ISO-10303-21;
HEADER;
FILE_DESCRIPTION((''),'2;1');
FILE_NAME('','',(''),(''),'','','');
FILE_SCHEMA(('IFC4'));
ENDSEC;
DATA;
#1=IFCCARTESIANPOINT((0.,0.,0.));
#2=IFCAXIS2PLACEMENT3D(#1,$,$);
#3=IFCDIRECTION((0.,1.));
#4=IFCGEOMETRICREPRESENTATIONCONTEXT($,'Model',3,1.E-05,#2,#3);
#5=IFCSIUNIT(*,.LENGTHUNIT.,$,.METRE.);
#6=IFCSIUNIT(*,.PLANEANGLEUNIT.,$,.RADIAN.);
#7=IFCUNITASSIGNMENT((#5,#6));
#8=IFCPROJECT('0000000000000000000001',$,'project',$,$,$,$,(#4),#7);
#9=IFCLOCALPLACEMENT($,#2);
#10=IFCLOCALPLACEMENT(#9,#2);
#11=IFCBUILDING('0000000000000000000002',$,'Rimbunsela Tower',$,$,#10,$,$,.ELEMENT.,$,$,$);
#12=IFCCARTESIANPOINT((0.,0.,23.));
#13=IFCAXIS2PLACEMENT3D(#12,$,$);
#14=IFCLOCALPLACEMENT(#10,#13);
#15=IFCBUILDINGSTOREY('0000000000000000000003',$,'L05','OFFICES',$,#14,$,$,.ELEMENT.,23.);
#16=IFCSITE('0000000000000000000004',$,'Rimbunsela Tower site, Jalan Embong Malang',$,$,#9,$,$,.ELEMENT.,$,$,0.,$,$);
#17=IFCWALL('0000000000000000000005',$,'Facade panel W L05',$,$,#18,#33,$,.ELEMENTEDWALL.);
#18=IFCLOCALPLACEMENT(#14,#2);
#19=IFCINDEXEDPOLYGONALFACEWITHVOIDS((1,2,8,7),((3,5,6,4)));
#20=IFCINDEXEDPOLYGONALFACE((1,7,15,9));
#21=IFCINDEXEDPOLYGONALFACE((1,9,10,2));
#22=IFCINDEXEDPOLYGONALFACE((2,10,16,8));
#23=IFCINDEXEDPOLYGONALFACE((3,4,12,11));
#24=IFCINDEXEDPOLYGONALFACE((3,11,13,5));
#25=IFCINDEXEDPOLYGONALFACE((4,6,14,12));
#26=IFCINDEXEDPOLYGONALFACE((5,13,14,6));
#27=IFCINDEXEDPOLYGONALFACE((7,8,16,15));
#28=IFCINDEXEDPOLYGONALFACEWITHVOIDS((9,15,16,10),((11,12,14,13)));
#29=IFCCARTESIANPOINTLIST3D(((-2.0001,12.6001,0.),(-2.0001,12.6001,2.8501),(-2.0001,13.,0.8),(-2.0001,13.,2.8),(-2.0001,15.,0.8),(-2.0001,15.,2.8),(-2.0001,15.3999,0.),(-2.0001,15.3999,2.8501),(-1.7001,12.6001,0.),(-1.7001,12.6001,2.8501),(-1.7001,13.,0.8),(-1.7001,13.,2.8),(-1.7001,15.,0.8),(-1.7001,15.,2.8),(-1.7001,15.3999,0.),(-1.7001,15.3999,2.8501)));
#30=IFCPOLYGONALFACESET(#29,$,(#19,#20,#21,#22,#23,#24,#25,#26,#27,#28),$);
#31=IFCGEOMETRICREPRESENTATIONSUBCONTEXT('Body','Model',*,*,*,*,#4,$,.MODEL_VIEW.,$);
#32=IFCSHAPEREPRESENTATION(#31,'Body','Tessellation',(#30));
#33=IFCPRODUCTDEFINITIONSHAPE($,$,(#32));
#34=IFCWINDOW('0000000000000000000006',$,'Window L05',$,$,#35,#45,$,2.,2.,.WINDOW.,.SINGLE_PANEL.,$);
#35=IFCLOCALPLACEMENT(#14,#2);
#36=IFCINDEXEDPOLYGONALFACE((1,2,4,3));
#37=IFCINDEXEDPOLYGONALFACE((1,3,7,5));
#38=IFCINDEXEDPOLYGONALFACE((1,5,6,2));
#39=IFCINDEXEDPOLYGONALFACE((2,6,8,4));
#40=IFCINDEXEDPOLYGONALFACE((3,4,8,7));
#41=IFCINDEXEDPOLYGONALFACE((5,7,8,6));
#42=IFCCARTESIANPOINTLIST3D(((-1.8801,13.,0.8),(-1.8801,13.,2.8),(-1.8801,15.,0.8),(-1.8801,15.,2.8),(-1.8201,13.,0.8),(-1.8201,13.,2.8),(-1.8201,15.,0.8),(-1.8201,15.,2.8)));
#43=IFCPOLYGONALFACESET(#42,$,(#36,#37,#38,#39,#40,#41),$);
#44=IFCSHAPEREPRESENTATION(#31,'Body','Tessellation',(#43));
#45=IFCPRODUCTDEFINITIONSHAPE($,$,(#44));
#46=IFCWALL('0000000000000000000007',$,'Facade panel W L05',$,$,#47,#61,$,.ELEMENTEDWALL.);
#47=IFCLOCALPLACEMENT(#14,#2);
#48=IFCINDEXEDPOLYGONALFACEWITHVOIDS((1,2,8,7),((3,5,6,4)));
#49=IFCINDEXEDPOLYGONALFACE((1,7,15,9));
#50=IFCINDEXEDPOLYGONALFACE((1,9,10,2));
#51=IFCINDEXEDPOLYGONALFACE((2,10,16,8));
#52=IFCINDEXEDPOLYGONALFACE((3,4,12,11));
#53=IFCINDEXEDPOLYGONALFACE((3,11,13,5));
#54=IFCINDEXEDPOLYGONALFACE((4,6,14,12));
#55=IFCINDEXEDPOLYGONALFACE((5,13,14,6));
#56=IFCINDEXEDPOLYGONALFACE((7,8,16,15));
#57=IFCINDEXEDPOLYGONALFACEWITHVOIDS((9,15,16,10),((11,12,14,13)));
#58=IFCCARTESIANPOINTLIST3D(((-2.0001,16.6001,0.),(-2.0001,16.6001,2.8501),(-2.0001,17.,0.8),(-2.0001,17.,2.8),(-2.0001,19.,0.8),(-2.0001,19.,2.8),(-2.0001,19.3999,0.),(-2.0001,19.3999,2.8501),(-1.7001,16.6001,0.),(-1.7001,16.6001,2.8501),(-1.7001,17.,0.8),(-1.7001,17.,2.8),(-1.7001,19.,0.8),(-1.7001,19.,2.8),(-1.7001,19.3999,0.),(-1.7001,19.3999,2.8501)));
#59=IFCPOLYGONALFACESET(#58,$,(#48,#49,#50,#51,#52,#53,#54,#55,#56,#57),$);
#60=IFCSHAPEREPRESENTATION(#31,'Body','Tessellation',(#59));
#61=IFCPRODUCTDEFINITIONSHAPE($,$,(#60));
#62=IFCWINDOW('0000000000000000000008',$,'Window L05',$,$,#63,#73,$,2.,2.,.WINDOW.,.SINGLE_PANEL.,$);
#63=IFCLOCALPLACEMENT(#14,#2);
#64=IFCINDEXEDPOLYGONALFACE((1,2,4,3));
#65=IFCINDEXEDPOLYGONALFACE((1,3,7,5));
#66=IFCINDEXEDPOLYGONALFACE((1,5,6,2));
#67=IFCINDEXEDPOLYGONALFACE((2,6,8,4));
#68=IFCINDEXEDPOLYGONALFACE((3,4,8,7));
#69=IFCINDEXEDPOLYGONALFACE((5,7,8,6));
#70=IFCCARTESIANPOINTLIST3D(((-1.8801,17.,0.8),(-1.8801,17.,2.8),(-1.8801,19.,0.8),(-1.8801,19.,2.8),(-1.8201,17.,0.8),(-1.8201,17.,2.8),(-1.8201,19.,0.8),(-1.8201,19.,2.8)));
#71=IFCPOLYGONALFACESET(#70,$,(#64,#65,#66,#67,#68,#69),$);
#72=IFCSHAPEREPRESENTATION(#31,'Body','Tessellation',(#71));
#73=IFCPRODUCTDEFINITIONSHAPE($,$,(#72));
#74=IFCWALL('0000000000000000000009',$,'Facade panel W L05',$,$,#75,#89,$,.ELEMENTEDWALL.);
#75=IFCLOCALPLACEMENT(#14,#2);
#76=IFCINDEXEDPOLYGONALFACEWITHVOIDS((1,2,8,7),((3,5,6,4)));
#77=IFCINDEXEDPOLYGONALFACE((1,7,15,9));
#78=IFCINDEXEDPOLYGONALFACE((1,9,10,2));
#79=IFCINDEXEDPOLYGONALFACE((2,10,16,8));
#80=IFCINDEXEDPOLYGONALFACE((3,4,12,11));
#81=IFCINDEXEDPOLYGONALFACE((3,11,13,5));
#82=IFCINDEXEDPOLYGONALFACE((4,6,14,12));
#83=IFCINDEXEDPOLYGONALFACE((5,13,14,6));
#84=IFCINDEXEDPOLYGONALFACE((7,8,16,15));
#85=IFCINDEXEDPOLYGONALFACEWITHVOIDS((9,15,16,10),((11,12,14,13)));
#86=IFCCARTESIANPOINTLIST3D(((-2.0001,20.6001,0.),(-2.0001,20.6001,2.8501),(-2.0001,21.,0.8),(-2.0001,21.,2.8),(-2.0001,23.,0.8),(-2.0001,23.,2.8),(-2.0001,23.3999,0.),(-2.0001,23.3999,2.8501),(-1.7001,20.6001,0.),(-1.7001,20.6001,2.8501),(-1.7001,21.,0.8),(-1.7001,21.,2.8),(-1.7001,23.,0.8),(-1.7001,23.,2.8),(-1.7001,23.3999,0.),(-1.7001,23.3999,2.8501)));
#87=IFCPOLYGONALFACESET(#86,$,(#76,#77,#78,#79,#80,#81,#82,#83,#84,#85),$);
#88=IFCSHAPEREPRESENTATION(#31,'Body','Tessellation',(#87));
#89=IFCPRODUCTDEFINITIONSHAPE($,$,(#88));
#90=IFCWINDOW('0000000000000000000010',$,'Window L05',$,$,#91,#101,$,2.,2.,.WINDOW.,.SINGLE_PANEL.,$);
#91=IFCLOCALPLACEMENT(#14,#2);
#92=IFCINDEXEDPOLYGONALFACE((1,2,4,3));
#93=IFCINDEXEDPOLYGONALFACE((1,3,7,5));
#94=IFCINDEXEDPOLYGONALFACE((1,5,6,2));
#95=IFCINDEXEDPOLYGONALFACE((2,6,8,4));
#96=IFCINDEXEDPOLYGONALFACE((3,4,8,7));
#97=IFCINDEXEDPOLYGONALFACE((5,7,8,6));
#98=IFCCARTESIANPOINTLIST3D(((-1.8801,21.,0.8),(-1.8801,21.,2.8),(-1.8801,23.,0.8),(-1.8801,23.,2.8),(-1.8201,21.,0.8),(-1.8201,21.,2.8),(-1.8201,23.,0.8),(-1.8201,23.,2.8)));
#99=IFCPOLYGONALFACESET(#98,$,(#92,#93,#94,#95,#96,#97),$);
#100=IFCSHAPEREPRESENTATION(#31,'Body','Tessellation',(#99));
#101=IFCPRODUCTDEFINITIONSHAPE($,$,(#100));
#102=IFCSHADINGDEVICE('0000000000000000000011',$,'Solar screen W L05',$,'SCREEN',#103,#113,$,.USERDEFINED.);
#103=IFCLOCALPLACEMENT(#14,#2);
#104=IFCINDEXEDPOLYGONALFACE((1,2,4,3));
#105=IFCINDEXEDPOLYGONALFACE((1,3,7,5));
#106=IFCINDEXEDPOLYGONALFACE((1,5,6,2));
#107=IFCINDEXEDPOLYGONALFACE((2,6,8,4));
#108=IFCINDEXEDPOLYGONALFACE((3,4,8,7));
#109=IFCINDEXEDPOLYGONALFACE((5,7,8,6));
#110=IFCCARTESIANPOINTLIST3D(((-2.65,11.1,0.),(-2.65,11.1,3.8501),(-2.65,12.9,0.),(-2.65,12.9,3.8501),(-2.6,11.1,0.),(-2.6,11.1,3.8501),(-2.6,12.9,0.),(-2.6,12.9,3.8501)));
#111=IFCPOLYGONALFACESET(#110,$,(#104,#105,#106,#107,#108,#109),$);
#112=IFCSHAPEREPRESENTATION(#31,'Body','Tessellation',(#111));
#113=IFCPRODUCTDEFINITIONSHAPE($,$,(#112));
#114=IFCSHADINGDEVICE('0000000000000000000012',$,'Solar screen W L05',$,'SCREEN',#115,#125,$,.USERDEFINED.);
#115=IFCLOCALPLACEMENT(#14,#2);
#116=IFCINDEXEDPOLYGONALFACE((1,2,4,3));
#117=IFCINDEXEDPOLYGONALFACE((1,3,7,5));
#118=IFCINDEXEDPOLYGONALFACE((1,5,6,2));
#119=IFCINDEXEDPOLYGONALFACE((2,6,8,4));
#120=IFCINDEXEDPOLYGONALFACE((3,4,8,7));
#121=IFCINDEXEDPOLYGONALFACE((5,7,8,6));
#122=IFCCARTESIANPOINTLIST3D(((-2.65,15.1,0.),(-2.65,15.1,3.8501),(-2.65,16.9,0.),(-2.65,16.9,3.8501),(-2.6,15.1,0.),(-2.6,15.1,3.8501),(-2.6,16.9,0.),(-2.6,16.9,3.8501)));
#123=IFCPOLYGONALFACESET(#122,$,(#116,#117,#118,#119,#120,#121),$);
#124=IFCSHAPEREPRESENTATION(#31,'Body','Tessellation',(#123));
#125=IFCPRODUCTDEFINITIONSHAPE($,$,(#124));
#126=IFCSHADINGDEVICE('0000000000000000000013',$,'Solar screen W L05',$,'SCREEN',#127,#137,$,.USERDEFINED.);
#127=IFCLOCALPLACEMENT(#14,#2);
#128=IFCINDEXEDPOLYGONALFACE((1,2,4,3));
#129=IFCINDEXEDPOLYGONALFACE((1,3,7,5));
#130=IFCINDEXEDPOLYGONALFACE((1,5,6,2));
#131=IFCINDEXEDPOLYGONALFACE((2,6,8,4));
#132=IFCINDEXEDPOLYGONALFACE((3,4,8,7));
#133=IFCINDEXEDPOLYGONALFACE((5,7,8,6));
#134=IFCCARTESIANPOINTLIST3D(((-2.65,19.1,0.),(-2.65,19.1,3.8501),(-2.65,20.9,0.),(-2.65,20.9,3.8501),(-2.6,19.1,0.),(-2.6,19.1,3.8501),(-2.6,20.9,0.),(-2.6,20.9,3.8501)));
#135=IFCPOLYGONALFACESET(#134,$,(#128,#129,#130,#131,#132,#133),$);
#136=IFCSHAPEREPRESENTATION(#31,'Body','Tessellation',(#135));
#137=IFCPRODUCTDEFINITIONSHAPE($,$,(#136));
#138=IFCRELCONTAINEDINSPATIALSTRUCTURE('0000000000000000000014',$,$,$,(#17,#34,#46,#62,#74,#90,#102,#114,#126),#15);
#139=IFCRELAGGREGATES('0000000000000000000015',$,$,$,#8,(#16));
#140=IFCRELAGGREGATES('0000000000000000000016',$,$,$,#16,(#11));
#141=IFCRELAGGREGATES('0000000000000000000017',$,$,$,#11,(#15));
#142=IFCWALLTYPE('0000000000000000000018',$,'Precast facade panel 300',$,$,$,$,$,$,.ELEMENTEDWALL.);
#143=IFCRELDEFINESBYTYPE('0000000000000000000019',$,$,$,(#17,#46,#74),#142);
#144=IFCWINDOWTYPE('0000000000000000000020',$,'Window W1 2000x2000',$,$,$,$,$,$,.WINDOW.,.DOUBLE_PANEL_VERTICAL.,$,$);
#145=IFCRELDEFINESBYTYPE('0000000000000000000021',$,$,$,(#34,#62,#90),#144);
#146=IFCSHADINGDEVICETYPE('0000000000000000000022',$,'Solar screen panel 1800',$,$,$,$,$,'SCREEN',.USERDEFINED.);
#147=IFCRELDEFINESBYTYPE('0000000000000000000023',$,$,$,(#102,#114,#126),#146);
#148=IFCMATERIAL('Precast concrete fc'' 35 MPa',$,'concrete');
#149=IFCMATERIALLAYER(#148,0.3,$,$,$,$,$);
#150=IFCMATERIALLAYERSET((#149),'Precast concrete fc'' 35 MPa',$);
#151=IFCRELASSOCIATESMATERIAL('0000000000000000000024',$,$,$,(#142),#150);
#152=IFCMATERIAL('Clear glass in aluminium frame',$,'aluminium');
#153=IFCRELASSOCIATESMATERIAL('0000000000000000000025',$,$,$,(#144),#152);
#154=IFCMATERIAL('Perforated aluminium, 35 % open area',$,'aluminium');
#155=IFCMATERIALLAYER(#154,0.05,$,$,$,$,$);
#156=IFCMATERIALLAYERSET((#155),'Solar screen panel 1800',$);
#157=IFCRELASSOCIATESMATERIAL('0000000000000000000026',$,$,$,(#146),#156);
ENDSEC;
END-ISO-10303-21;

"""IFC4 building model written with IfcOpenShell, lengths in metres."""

from ifc_helpers import new_model, si_unit, direction, frame, frame_2d, origin, origin_2d, place, context, subcontext, project, spatial, rectangle, extrude, material, layer, layer_set, type_object, element, fill, save


model = new_model("IFC4")

# Units and contexts
model_context = context("Model", 3, precision=1e-05, world=origin(), true_north=direction((0.0, 1.0)))
body_context = subcontext(model_context, "Body", "Model", "MODEL_VIEW")
ifc_project = project(units=[si_unit("LENGTHUNIT", "METRE"), si_unit("PLANEANGLEUNIT", "RADIAN")], contexts=[model_context])

# Site, building, storey
site_placement = place(None, origin())
site = spatial("IfcSite", under=ifc_project, at=site_placement, Name="Rimbunsela Tower site, Jalan Embong Malang", CompositionType="ELEMENT", RefElevation=0.0)
building_placement = place(site_placement, origin())
building = spatial("IfcBuilding", under=site, at=building_placement, Name="Rimbunsela Tower", CompositionType="ELEMENT")
storey_placement = place(building_placement, frame((0.0, 0.0, 23.0)))
storey = spatial("IfcBuildingStorey", under=building, at=storey_placement, Name="L05", Description="OFFICES", CompositionType="ELEMENT", Elevation=23.0)

# Walls, openings, windows
ifc_material_1 = material(Name="Precast concrete fc' 35 MPa", Category="concrete")
ifc_layer_1 = layer(ifc_material_1, 0.3)
ifc_layer_set_1 = layer_set([ifc_layer_1], Name="Precast concrete fc' 35 MPa")
wall_type = type_object("IfcWallType", Name="Precast facade panel 300", PredefinedType="ELEMENTEDWALL", material=ifc_layer_set_1)
ifc_material_2 = material(Name="Clear glass in aluminium frame", Category="aluminium")
window_type = type_object("IfcWindowType", Name="Window W1 2000x2000", PartitioningType="DOUBLE_PANEL_VERTICAL", PredefinedType="WINDOW", material=ifc_material_2)
wall_1_placement = place(storey_placement, frame((-1.8501, 15.3999, 0.0), z_axis=(0.0, 0.0, 1.0), x_axis=(0.0, -1.0, 0.0)))
wall_1 = element("IfcWall", 1, at=wall_1_placement, inside=storey, type_object=wall_type, Name="Facade panel W L05", PredefinedType="ELEMENTEDWALL", context=body_context, shape_type="SweptSolid", body=[
    extrude(rectangle(XDim=2.7998, YDim=0.3, at=frame_2d((1.3999, 0.0))), origin(), (0.0, 0.0, 1.0), 2.8501),
])
opening_1_placement = place(wall_1_placement, frame((0.3999, 0.0, 0.8)))
opening_1 = element("IfcOpeningElement", 2, at=opening_1_placement, cuts=wall_1, PredefinedType="OPENING", context=body_context, shape_type="SweptSolid", body=[
    extrude(rectangle(XDim=2.0, YDim=2.0, at=frame_2d((1.0, 1.0))), frame((0.0, 0.1599, 0.0), z_axis=(0.0, -1.0, 0.0), x_axis=(1.0, 0.0, 0.0)), (0.0, 0.0, 1.0), 0.3201),
])
window_1_placement = place(opening_1_placement, origin())
window_1 = element("IfcWindow", 3, at=window_1_placement, inside=storey, type_object=window_type, Name="Window L05", OverallHeight=2.0, OverallWidth=2.0, PartitioningType="SINGLE_PANEL", PredefinedType="WINDOW", context=body_context, shape_type="SweptSolid", body=[
    extrude(rectangle(XDim=2.0, YDim=2.0, at=frame_2d((1.0, 1.0))), frame((0.0, 0.03, 0.0), z_axis=(0.0, -1.0, 0.0), x_axis=(1.0, 0.0, 0.0)), (0.0, 0.0, 1.0), 0.0601),
])
fill(opening_1, window_1)
wall_2_placement = place(storey_placement, frame((-1.8501, 19.3999, 0.0), z_axis=(0.0, 0.0, 1.0), x_axis=(0.0, -1.0, 0.0)))
wall_2 = element("IfcWall", 4, at=wall_2_placement, inside=storey, type_object=wall_type, Name="Facade panel W L05", PredefinedType="ELEMENTEDWALL", context=body_context, shape_type="SweptSolid", body=[
    extrude(rectangle(XDim=2.7998, YDim=0.3, at=frame_2d((1.3999, 0.0))), origin(), (0.0, 0.0, 1.0), 2.8501),
])
opening_2_placement = place(wall_2_placement, frame((0.3999, 0.0, 0.8)))
opening_2 = element("IfcOpeningElement", 5, at=opening_2_placement, cuts=wall_2, PredefinedType="OPENING", context=body_context, shape_type="SweptSolid", body=[
    extrude(rectangle(XDim=2.0, YDim=2.0, at=frame_2d((1.0, 1.0))), frame((0.0, 0.1599, 0.0), z_axis=(0.0, -1.0, 0.0), x_axis=(1.0, 0.0, 0.0)), (0.0, 0.0, 1.0), 0.3201),
])
window_2_placement = place(opening_2_placement, origin())
window_2 = element("IfcWindow", 6, at=window_2_placement, inside=storey, type_object=window_type, Name="Window L05", OverallHeight=2.0, OverallWidth=2.0, PartitioningType="SINGLE_PANEL", PredefinedType="WINDOW", context=body_context, shape_type="SweptSolid", body=[
    extrude(rectangle(XDim=2.0, YDim=2.0, at=frame_2d((1.0, 1.0))), frame((0.0, 0.03, 0.0), z_axis=(0.0, -1.0, 0.0), x_axis=(1.0, 0.0, 0.0)), (0.0, 0.0, 1.0), 0.0601),
])
fill(opening_2, window_2)
wall_3_placement = place(storey_placement, frame((-1.8501, 23.3999, 0.0), z_axis=(0.0, 0.0, 1.0), x_axis=(0.0, -1.0, 0.0)))
wall_3 = element("IfcWall", 7, at=wall_3_placement, inside=storey, type_object=wall_type, Name="Facade panel W L05", PredefinedType="ELEMENTEDWALL", context=body_context, shape_type="SweptSolid", body=[
    extrude(rectangle(XDim=2.7998, YDim=0.3, at=frame_2d((1.3999, 0.0))), origin(), (0.0, 0.0, 1.0), 2.8501),
])
opening_3_placement = place(wall_3_placement, frame((0.3999, 0.0, 0.8)))
opening_3 = element("IfcOpeningElement", 8, at=opening_3_placement, cuts=wall_3, PredefinedType="OPENING", context=body_context, shape_type="SweptSolid", body=[
    extrude(rectangle(XDim=2.0, YDim=2.0, at=frame_2d((1.0, 1.0))), frame((0.0, 0.1599, 0.0), z_axis=(0.0, -1.0, 0.0), x_axis=(1.0, 0.0, 0.0)), (0.0, 0.0, 1.0), 0.3201),
])
window_3_placement = place(opening_3_placement, origin())
window_3 = element("IfcWindow", 9, at=window_3_placement, inside=storey, type_object=window_type, Name="Window L05", OverallHeight=2.0, OverallWidth=2.0, PartitioningType="SINGLE_PANEL", PredefinedType="WINDOW", context=body_context, shape_type="SweptSolid", body=[
    extrude(rectangle(XDim=2.0, YDim=2.0, at=frame_2d((1.0, 1.0))), frame((0.0, 0.03, 0.0), z_axis=(0.0, -1.0, 0.0), x_axis=(1.0, 0.0, 0.0)), (0.0, 0.0, 1.0), 0.0601),
])
fill(opening_3, window_3)

# Shading devices
ifc_material_3 = material(Name="Perforated aluminium, 35 % open area", Category="aluminium")
ifc_layer_2 = layer(ifc_material_3, 0.05)
ifc_layer_set_2 = layer_set([ifc_layer_2], Name="Solar screen panel 1800")
shading_device_type = type_object("IfcShadingDeviceType", Name="Solar screen panel 1800", ElementType="SCREEN", PredefinedType="USERDEFINED", material=ifc_layer_set_2)
for number, where, z_axis, x_axis, name in (
    (10, (-2.625, 12.0, 0.0), (0.0, 0.0, 1.0), (0.0, 1.0, 0.0), "Solar screen W L05"),
    (11, (-2.625, 16.0, 0.0), (0.0, 0.0, 1.0), (0.0, 1.0, 0.0), "Solar screen W L05"),
    (12, (-2.625, 20.0, 0.0), (0.0, 0.0, 1.0), (0.0, 1.0, 0.0), "Solar screen W L05"),
):
    element("IfcShadingDevice", number, at=place(storey_placement, frame(where, z_axis=z_axis, x_axis=x_axis)), inside=storey, type_object=shading_device_type, Name=name, ObjectType="SCREEN", PredefinedType="USERDEFINED", context=body_context, shape_type="SweptSolid", body=[
        extrude(rectangle(XDim=1.8, YDim=0.05, at=origin_2d()), origin(), (0.0, 0.0, 1.0), 3.8501),
    ])

save(model, "model.ifc")
